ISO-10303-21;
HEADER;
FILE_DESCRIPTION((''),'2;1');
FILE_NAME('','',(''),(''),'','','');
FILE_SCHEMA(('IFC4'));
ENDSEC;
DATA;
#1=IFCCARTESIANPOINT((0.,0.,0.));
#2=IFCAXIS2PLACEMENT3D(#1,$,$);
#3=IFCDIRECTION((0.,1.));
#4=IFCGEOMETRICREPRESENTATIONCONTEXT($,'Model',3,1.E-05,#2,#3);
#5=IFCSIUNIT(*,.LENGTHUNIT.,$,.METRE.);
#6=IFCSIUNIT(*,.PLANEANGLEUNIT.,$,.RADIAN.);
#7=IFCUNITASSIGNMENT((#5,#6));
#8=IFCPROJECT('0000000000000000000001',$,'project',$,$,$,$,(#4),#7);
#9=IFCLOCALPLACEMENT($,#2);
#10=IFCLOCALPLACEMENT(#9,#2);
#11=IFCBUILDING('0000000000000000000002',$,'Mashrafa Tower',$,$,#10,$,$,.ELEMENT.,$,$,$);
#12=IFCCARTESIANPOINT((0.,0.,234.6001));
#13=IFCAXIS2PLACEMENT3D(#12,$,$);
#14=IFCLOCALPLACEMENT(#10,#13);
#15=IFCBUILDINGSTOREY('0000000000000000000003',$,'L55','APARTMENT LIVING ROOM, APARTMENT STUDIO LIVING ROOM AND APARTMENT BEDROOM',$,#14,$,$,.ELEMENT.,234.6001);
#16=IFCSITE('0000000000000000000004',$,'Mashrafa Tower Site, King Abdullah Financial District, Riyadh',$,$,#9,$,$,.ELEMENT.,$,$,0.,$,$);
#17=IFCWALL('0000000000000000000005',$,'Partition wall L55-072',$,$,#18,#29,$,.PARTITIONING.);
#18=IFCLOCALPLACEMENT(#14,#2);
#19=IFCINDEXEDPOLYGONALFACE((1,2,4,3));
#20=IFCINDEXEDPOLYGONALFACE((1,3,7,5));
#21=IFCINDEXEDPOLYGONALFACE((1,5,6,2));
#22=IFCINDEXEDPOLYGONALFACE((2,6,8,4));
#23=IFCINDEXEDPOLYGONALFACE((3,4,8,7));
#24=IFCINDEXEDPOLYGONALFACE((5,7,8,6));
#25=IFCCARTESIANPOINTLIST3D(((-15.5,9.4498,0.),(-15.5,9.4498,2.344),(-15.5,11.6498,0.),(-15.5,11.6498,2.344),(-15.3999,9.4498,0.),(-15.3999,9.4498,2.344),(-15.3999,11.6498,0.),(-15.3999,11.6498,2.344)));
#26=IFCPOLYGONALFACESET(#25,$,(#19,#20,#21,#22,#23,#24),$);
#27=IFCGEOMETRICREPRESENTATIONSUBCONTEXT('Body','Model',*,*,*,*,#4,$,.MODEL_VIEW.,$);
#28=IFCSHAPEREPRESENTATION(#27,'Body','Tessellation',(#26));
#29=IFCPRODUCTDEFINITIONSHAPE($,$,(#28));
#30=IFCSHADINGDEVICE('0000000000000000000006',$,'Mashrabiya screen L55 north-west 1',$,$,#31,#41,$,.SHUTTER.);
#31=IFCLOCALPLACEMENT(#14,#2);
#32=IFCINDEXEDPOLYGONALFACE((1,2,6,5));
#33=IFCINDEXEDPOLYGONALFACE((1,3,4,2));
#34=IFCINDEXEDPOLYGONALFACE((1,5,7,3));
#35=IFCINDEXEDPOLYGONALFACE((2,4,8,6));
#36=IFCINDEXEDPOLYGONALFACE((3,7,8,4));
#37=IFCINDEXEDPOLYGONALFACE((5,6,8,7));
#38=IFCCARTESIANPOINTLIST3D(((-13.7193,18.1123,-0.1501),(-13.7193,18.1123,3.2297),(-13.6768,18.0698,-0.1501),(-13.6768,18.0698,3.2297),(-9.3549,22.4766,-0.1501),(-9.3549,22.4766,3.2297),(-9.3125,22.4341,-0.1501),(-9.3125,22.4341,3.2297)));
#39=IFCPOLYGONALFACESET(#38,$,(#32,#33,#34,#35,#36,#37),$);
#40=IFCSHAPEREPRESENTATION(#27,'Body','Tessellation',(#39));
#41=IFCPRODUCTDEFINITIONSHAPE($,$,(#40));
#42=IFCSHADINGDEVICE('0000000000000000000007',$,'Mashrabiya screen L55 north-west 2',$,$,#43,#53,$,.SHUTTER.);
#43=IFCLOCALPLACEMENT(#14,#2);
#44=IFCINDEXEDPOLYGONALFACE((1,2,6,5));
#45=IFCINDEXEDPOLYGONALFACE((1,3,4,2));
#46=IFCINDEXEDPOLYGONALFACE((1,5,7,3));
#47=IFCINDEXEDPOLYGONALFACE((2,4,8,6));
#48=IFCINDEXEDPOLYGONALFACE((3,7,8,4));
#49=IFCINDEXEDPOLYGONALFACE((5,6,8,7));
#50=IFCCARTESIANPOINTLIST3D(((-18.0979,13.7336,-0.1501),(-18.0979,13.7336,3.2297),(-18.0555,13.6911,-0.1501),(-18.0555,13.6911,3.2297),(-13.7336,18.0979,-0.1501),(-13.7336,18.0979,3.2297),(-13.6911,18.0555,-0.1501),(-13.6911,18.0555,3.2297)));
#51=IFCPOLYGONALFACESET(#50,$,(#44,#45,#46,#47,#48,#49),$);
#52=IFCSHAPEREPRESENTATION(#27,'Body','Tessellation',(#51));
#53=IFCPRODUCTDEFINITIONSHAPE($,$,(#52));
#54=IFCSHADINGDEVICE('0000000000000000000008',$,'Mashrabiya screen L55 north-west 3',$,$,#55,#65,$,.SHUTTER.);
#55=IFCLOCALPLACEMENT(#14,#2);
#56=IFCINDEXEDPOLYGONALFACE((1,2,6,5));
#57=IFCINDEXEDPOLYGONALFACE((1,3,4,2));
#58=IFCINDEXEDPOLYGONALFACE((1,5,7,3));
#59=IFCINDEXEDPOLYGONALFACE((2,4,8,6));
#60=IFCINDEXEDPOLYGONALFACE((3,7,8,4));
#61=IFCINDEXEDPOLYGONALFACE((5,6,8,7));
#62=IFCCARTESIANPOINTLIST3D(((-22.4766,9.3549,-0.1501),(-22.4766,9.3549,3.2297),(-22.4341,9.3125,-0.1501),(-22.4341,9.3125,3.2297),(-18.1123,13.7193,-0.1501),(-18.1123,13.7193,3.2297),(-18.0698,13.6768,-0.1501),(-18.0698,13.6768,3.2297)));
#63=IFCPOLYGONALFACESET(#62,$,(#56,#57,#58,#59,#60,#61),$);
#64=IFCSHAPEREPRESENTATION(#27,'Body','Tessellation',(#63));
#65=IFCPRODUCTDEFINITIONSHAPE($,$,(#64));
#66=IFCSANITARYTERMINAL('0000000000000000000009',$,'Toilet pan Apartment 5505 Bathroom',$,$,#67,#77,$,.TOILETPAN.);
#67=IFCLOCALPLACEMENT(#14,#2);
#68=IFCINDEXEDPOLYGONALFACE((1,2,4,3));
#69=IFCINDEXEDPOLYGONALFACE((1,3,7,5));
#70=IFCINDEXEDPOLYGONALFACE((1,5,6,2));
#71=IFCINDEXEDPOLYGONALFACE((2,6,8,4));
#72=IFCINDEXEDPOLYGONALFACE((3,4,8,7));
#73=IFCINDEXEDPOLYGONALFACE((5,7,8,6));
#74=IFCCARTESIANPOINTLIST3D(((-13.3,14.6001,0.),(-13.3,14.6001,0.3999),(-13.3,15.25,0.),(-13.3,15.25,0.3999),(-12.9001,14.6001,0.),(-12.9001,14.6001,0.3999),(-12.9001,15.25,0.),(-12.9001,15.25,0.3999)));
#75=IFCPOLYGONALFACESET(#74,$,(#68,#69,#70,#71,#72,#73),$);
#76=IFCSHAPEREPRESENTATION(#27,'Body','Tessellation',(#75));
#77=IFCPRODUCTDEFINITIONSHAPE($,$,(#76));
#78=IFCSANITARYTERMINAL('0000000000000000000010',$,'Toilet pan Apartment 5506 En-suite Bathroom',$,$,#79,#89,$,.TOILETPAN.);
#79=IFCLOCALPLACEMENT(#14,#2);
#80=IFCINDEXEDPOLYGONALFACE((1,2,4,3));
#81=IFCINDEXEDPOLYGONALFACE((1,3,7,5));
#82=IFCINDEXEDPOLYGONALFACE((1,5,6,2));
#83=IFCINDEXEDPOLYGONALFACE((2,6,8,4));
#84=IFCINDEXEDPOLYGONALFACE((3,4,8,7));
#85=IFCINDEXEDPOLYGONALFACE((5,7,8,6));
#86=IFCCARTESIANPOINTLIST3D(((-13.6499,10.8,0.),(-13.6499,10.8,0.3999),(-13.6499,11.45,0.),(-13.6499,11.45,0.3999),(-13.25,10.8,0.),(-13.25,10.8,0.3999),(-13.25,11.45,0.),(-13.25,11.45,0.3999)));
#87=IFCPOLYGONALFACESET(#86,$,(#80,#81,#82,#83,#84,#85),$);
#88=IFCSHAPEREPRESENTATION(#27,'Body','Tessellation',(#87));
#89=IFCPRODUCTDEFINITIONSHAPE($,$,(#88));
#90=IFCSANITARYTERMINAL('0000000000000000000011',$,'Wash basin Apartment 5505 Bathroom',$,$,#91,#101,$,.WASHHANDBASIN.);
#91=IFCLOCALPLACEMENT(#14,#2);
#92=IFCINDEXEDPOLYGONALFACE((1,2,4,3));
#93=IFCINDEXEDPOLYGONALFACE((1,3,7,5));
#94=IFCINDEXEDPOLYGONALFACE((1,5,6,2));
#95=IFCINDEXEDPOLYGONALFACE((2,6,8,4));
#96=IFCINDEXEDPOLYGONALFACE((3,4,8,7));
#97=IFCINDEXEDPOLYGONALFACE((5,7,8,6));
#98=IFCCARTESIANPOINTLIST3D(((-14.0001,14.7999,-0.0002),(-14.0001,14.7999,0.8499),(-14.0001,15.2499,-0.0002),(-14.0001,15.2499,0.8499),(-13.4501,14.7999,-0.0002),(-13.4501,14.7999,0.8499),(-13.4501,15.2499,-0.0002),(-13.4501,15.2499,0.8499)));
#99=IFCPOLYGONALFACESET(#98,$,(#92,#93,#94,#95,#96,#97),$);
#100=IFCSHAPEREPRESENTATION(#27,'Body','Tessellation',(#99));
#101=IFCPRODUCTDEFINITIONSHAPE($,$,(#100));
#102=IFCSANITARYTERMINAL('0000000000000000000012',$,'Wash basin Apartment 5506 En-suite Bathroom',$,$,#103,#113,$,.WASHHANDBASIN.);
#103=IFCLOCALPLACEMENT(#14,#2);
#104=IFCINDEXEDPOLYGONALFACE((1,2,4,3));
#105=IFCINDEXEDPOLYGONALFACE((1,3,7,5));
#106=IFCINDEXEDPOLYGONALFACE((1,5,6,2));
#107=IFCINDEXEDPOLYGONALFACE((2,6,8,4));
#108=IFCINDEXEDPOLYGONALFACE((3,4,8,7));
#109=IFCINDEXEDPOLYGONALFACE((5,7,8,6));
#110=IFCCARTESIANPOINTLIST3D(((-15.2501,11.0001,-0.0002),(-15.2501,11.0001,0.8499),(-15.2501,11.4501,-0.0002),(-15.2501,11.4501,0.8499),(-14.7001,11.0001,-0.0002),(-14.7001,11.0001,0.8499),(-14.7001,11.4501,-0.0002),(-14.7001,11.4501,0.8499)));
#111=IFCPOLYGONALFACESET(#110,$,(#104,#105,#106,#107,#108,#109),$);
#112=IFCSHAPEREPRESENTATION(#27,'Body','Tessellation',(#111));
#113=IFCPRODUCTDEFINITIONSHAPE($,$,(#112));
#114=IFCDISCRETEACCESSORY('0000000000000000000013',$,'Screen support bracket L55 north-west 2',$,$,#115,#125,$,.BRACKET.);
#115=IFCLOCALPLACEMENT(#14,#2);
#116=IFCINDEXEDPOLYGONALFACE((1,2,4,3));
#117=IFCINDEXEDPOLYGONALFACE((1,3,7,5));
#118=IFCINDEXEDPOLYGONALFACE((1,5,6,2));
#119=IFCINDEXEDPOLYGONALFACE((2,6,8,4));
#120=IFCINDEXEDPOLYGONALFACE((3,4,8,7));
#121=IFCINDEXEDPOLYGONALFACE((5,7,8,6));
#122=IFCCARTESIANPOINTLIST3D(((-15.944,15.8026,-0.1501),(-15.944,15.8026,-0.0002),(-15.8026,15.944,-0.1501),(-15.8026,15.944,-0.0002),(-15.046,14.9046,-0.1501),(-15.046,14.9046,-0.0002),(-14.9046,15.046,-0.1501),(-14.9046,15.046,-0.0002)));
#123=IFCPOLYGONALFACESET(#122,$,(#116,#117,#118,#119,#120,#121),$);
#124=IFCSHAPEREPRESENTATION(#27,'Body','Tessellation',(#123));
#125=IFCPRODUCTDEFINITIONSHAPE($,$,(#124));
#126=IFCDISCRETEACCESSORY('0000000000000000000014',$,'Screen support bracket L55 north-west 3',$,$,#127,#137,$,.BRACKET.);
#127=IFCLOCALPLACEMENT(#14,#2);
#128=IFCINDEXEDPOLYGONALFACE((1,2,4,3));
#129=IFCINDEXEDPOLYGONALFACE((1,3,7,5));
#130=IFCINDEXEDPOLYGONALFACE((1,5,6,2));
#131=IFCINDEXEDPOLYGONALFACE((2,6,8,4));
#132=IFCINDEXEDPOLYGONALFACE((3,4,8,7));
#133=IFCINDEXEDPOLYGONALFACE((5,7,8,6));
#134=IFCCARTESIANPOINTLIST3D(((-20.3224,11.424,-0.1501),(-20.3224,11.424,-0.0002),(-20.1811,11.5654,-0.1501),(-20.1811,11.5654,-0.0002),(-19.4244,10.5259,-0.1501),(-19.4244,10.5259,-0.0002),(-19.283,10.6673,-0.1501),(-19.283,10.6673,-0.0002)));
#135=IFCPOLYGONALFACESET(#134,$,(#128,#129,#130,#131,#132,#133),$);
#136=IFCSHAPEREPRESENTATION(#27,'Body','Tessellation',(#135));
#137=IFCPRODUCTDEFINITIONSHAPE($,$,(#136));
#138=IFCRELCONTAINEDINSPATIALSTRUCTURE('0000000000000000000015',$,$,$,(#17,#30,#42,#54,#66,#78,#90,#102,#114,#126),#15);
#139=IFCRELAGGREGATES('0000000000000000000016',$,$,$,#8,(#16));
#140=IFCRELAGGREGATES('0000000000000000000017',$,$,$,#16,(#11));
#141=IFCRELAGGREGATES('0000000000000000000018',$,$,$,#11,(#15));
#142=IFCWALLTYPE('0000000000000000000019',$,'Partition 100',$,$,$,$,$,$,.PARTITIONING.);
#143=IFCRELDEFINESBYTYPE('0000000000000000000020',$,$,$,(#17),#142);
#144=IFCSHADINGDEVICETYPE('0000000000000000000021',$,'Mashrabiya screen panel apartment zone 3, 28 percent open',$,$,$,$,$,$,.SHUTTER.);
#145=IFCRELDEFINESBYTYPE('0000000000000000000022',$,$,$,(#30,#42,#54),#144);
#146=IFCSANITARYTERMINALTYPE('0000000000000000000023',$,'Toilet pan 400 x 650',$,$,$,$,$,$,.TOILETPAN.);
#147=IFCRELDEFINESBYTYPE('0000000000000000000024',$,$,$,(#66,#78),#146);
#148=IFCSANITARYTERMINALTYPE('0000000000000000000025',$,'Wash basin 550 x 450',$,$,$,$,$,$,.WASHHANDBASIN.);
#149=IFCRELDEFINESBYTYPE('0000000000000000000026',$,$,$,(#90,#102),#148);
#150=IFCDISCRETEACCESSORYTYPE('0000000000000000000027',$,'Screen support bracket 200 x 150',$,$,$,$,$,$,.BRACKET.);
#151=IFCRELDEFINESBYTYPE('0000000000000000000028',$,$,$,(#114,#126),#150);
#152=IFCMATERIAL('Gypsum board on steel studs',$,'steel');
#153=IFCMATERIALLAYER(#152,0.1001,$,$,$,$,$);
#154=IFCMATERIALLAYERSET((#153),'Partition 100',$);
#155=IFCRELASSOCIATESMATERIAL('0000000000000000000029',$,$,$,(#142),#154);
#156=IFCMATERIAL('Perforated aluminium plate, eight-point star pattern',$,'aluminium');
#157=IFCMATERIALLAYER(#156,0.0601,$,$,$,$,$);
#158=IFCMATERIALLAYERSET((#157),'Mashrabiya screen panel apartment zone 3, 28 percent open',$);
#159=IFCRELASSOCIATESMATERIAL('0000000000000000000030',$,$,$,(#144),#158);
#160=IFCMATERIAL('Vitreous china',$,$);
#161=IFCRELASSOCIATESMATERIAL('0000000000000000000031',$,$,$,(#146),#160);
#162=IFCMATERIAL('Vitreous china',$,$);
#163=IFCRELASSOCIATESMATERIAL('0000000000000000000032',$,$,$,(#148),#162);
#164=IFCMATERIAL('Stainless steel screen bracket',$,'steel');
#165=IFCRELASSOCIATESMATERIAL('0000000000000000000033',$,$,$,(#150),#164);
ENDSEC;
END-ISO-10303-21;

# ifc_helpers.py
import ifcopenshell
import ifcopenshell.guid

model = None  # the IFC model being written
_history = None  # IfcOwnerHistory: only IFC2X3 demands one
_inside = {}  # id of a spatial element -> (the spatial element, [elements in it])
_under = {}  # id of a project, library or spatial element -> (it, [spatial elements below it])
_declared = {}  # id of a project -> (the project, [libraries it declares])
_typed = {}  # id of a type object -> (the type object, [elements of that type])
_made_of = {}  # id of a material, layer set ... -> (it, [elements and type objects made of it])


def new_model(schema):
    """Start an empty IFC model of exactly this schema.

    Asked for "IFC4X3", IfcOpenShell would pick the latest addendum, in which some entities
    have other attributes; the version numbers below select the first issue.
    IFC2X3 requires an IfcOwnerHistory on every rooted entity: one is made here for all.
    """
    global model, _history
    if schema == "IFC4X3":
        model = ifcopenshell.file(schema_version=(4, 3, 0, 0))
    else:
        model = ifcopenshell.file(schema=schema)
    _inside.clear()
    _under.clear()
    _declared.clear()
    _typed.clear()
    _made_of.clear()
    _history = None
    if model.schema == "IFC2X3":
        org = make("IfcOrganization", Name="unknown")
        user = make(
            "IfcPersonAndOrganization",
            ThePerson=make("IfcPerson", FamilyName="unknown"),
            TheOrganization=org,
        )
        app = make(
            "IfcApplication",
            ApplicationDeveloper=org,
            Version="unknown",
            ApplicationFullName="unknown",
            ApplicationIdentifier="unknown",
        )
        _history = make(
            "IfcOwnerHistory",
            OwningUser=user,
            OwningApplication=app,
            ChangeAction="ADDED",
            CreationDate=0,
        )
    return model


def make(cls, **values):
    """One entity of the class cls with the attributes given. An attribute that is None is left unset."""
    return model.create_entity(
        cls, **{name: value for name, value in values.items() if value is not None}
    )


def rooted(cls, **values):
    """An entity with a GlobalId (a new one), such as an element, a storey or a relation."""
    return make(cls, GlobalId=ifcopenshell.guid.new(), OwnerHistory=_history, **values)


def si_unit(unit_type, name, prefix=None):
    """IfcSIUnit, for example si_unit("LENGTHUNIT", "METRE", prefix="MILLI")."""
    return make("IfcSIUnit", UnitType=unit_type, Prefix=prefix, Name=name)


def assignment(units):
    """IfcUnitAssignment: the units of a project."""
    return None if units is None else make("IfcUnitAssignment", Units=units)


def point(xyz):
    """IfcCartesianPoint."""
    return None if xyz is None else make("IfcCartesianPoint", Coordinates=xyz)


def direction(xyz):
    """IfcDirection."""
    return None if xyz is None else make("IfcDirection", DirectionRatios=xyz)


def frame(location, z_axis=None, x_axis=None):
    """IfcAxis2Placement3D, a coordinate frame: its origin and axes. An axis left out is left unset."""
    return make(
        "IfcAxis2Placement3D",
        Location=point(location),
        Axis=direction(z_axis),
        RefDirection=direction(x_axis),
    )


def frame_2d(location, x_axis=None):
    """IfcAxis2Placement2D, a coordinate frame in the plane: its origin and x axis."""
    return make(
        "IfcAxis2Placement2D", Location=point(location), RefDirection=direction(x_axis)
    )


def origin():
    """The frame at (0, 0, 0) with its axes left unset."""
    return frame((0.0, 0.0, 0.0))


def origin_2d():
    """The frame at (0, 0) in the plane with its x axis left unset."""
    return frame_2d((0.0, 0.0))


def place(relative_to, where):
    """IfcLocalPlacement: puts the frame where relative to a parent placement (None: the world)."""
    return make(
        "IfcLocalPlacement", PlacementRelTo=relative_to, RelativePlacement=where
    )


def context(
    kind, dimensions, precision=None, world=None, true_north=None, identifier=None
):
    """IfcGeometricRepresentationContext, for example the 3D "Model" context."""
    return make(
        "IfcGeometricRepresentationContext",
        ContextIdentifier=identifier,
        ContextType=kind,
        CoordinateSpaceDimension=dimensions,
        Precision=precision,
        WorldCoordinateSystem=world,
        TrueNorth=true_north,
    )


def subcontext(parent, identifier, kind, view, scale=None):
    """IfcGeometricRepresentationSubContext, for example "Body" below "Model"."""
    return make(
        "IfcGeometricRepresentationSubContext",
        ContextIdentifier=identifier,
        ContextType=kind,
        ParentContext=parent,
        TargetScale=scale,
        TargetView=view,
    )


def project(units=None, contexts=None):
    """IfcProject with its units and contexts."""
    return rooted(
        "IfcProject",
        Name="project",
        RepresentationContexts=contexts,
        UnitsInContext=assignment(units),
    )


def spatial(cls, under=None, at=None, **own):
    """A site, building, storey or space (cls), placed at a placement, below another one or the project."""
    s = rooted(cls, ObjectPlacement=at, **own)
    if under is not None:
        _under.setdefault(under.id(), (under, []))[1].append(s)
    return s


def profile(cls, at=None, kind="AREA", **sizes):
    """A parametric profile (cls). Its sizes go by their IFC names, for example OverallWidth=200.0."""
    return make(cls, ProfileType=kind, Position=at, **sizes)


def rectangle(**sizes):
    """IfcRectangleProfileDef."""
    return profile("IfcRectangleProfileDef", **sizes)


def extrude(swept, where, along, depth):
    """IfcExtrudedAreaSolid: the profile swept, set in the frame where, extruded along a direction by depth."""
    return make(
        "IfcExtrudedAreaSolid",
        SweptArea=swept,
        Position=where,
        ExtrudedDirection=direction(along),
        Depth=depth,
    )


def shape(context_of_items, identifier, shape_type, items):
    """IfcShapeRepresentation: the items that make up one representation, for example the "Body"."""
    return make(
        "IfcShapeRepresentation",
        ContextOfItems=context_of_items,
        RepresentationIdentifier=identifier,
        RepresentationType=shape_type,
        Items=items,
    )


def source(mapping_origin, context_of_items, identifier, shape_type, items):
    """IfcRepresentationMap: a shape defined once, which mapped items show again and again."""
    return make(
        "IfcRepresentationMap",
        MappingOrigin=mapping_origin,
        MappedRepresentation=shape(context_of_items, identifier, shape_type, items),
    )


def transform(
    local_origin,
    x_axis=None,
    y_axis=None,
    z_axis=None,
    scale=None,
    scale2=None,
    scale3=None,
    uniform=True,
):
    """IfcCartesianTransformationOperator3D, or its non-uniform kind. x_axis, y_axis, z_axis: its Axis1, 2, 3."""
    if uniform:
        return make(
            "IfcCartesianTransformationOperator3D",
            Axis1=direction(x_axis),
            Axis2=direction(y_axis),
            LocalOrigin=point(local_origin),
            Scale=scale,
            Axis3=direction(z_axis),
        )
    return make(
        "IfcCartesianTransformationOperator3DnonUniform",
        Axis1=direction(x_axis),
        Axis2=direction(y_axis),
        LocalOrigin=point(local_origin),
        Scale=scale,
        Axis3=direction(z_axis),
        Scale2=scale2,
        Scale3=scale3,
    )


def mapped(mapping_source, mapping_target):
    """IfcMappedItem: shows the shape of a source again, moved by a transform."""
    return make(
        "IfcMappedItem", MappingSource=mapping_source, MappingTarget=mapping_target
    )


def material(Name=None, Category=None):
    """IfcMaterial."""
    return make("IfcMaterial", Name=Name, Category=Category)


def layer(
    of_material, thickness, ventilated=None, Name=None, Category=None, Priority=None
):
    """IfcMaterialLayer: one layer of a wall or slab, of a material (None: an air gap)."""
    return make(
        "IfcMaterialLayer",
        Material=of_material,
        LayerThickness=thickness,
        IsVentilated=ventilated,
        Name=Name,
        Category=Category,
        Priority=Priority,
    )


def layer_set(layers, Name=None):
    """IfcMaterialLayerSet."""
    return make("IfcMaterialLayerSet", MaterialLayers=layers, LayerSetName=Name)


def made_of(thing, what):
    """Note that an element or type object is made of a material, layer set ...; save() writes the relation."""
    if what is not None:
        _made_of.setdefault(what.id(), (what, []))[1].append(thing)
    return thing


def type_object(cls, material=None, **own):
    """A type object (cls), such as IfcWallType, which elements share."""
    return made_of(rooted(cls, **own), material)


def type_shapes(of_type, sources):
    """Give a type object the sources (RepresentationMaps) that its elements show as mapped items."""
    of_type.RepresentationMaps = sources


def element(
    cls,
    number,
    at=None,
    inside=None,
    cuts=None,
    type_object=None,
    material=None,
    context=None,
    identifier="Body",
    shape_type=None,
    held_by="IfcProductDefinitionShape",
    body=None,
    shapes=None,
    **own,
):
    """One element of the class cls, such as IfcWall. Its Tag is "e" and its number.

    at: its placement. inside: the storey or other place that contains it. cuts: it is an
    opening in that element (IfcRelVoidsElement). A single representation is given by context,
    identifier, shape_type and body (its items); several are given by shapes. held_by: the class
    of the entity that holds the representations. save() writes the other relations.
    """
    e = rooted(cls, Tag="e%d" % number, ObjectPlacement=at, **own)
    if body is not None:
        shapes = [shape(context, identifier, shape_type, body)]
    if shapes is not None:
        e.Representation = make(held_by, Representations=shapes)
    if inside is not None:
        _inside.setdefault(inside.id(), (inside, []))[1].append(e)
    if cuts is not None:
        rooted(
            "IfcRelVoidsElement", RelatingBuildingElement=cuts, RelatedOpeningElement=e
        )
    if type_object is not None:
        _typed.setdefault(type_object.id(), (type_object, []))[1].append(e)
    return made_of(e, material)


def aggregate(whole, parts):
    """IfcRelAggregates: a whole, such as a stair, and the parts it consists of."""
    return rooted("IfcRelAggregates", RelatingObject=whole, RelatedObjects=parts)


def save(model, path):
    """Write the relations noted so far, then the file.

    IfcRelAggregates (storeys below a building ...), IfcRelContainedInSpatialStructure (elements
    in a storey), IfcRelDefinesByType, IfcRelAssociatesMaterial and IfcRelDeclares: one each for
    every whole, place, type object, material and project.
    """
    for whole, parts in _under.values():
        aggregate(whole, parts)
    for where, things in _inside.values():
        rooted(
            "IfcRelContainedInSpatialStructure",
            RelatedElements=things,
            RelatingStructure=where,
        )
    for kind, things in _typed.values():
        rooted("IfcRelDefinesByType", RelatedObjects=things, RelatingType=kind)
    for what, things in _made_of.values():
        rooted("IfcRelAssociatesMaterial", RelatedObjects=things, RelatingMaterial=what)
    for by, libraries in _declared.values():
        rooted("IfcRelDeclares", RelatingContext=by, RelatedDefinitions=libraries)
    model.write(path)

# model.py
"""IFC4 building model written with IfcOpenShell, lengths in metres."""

from ifc_helpers import new_model, si_unit, direction, frame, frame_2d, origin, origin_2d, place, context, subcontext, project, spatial, rectangle, extrude, source, transform, mapped, material, layer, layer_set, type_object, type_shapes, element, save


model = new_model("IFC4")

# Units and contexts
model_context = context("Model", 3, precision=1e-05, world=origin(), true_north=direction((0.0, 1.0)))
body_context = subcontext(model_context, "Body", "Model", "MODEL_VIEW")
ifc_project = project(units=[si_unit("LENGTHUNIT", "METRE"), si_unit("PLANEANGLEUNIT", "RADIAN")], contexts=[model_context])

# Site, building, storey
site_placement = place(None, origin())
site = spatial("IfcSite", under=ifc_project, at=site_placement, Name="Mashrafa Tower Site, King Abdullah Financial District, Riyadh", CompositionType="ELEMENT", RefElevation=0.0)
building_placement = place(site_placement, origin())
building = spatial("IfcBuilding", under=site, at=building_placement, Name="Mashrafa Tower", CompositionType="ELEMENT")
storey_placement = place(building_placement, frame((0.0, 0.0, 234.6001)))
storey = spatial("IfcBuildingStorey", under=building, at=storey_placement, Name="L55", Description="APARTMENT LIVING ROOM, APARTMENT STUDIO LIVING ROOM AND APARTMENT BEDROOM", CompositionType="ELEMENT", Elevation=234.6001)

# Shared definitions
ifc_material_1 = material(Name="Gypsum board on steel studs", Category="steel")
ifc_layer_1 = layer(ifc_material_1, 0.1001)
ifc_layer_set_1 = layer_set([ifc_layer_1], Name="Partition 100")
wall_type_1 = type_object("IfcWallType", Name="Partition 100", PredefinedType="PARTITIONING", material=ifc_layer_set_1)

# Wall
wall_1_placement = place(storey_placement, frame((-15.45, 11.6499, 0.0), z_axis=(0.0, 0.0, 1.0), x_axis=(0.0, -1.0, 0.0)))
element("IfcWall", 1, at=wall_1_placement, inside=storey, type_object=wall_type_1, Name="Partition wall L55-072", PredefinedType="PARTITIONING", context=body_context, shape_type="SweptSolid", body=[
    extrude(rectangle(XDim=2.2, YDim=0.1001, at=frame_2d((1.1001, 0.0))), origin(), (0.0, 0.0, 1.0), 2.344),
])

# Shading devices
ifc_material_2 = material(Name="Perforated aluminium plate, eight-point star pattern", Category="aluminium")
ifc_layer_2 = layer(ifc_material_2, 0.0601)
ifc_layer_set_2 = layer_set([ifc_layer_2], Name="Mashrabiya screen panel apartment zone 3, 28 percent open")
shading_device_type = type_object("IfcShadingDeviceType", Name="Mashrabiya screen panel apartment zone 3, 28 percent open", PredefinedType="SHUTTER", material=ifc_layer_set_2)
shared_shape_1 = source(origin(), body_context, "Body", "SweptSolid", [
    extrude(rectangle(XDim=6.1721, YDim=0.0601, at=origin_2d()), origin(), (0.0, 0.0, 1.0), 3.3799),
])
type_shapes(shading_device_type, [shared_shape_1])
for number, where, z_axis, x_axis, name in (
    (2, (-11.5159, 20.2732, -0.1501), (0.0, 0.0, 1.0), (-0.707107, -0.707107, 0.0), "Mashrabiya screen L55 north-west 1"),
    (3, (-15.8945, 15.8945, -0.1501), (0.0, 0.0, 1.0), (-0.707107, -0.707107, 0.0), "Mashrabiya screen L55 north-west 2"),
    (4, (-20.2732, 11.5159, -0.1501), (0.0, 0.0, 1.0), (-0.707107, -0.707107, 0.0), "Mashrabiya screen L55 north-west 3"),
):
    element("IfcShadingDevice", number, at=place(storey_placement, frame(where, z_axis=z_axis, x_axis=x_axis)), inside=storey, type_object=shading_device_type, Name=name, PredefinedType="SHUTTER", context=body_context, shape_type="MappedRepresentation", body=[
        mapped(shared_shape_1, transform((0.0, 0.0, 0.0))),
    ])

# Sanitary terminals
ifc_material_3 = material(Name="Vitreous china")
sanitary_terminal_type_1 = type_object("IfcSanitaryTerminalType", Name="Toilet pan 400 x 650", PredefinedType="TOILETPAN", material=ifc_material_3)
for number, where, z_axis, x_axis, name in (
    (5, (-13.1001, 14.925, 0.0), (0.0, 0.0, 1.0), (-1.0, 0.0, 0.0), "Toilet pan Apartment 5505 Bathroom"),
    (6, (-13.45, 11.125, 0.0), (0.0, 0.0, 1.0), (-1.0, 0.0, 0.0), "Toilet pan Apartment 5506 En-suite Bathroom"),
):
    element("IfcSanitaryTerminal", number, at=place(storey_placement, frame(where, z_axis=z_axis, x_axis=x_axis)), inside=storey, type_object=sanitary_terminal_type_1, Name=name, PredefinedType="TOILETPAN", context=body_context, shape_type="SweptSolid", body=[
        extrude(rectangle(XDim=0.3999, YDim=0.6499, at=origin_2d()), origin(), (0.0, 0.0, 1.0), 0.3999),
    ])
ifc_material_4 = material(Name="Vitreous china")
sanitary_terminal_type_2 = type_object("IfcSanitaryTerminalType", Name="Wash basin 550 x 450", PredefinedType="WASHHANDBASIN", material=ifc_material_4)
for number, where, z_axis, x_axis, name in (
    (7, (-13.7251, 15.0249, -0.0002), (0.0, 0.0, 1.0), (-1.0, 0.0, 0.0), "Wash basin Apartment 5505 Bathroom"),
    (8, (-14.9751, 11.2251, -0.0002), (0.0, 0.0, 1.0), (-1.0, 0.0, 0.0), "Wash basin Apartment 5506 En-suite Bathroom"),
):
    element("IfcSanitaryTerminal", number, at=place(storey_placement, frame(where, z_axis=z_axis, x_axis=x_axis)), inside=storey, type_object=sanitary_terminal_type_2, Name=name, PredefinedType="WASHHANDBASIN", context=body_context, shape_type="SweptSolid", body=[
        extrude(rectangle(XDim=0.55, YDim=0.45, at=origin_2d()), origin(), (0.0, 0.0, 1.0), 0.8501),
    ])

# Discrete accessories
ifc_material_5 = material(Name="Stainless steel screen bracket", Category="steel")
discrete_accessory_type = type_object("IfcDiscreteAccessoryType", Name="Screen support bracket 200 x 150", PredefinedType="BRACKET", material=ifc_material_5)
shared_shape_2 = source(origin(), body_context, "Body", "SweptSolid", [
    extrude(rectangle(XDim=0.2, YDim=1.27, at=origin_2d()), origin(), (0.0, 0.0, 1.0), 0.1499),
])
type_shapes(discrete_accessory_type, [shared_shape_2])
for number, where, z_axis, x_axis, name in (
    (9, (-15.4243, 15.4243, -0.1501), (0.0, 0.0, 1.0), (-0.707107, -0.707107, 0.0), "Screen support bracket L55 north-west 2"),
    (10, (-19.8027, 11.0457, -0.1501), (0.0, 0.0, 1.0), (-0.707107, -0.707107, 0.0), "Screen support bracket L55 north-west 3"),
):
    element("IfcDiscreteAccessory", number, at=place(storey_placement, frame(where, z_axis=z_axis, x_axis=x_axis)), inside=storey, type_object=discrete_accessory_type, Name=name, PredefinedType="BRACKET", context=body_context, shape_type="MappedRepresentation", body=[
        mapped(shared_shape_2, transform((0.0, 0.0, 0.0))),
    ])

save(model, "model.ifc")
